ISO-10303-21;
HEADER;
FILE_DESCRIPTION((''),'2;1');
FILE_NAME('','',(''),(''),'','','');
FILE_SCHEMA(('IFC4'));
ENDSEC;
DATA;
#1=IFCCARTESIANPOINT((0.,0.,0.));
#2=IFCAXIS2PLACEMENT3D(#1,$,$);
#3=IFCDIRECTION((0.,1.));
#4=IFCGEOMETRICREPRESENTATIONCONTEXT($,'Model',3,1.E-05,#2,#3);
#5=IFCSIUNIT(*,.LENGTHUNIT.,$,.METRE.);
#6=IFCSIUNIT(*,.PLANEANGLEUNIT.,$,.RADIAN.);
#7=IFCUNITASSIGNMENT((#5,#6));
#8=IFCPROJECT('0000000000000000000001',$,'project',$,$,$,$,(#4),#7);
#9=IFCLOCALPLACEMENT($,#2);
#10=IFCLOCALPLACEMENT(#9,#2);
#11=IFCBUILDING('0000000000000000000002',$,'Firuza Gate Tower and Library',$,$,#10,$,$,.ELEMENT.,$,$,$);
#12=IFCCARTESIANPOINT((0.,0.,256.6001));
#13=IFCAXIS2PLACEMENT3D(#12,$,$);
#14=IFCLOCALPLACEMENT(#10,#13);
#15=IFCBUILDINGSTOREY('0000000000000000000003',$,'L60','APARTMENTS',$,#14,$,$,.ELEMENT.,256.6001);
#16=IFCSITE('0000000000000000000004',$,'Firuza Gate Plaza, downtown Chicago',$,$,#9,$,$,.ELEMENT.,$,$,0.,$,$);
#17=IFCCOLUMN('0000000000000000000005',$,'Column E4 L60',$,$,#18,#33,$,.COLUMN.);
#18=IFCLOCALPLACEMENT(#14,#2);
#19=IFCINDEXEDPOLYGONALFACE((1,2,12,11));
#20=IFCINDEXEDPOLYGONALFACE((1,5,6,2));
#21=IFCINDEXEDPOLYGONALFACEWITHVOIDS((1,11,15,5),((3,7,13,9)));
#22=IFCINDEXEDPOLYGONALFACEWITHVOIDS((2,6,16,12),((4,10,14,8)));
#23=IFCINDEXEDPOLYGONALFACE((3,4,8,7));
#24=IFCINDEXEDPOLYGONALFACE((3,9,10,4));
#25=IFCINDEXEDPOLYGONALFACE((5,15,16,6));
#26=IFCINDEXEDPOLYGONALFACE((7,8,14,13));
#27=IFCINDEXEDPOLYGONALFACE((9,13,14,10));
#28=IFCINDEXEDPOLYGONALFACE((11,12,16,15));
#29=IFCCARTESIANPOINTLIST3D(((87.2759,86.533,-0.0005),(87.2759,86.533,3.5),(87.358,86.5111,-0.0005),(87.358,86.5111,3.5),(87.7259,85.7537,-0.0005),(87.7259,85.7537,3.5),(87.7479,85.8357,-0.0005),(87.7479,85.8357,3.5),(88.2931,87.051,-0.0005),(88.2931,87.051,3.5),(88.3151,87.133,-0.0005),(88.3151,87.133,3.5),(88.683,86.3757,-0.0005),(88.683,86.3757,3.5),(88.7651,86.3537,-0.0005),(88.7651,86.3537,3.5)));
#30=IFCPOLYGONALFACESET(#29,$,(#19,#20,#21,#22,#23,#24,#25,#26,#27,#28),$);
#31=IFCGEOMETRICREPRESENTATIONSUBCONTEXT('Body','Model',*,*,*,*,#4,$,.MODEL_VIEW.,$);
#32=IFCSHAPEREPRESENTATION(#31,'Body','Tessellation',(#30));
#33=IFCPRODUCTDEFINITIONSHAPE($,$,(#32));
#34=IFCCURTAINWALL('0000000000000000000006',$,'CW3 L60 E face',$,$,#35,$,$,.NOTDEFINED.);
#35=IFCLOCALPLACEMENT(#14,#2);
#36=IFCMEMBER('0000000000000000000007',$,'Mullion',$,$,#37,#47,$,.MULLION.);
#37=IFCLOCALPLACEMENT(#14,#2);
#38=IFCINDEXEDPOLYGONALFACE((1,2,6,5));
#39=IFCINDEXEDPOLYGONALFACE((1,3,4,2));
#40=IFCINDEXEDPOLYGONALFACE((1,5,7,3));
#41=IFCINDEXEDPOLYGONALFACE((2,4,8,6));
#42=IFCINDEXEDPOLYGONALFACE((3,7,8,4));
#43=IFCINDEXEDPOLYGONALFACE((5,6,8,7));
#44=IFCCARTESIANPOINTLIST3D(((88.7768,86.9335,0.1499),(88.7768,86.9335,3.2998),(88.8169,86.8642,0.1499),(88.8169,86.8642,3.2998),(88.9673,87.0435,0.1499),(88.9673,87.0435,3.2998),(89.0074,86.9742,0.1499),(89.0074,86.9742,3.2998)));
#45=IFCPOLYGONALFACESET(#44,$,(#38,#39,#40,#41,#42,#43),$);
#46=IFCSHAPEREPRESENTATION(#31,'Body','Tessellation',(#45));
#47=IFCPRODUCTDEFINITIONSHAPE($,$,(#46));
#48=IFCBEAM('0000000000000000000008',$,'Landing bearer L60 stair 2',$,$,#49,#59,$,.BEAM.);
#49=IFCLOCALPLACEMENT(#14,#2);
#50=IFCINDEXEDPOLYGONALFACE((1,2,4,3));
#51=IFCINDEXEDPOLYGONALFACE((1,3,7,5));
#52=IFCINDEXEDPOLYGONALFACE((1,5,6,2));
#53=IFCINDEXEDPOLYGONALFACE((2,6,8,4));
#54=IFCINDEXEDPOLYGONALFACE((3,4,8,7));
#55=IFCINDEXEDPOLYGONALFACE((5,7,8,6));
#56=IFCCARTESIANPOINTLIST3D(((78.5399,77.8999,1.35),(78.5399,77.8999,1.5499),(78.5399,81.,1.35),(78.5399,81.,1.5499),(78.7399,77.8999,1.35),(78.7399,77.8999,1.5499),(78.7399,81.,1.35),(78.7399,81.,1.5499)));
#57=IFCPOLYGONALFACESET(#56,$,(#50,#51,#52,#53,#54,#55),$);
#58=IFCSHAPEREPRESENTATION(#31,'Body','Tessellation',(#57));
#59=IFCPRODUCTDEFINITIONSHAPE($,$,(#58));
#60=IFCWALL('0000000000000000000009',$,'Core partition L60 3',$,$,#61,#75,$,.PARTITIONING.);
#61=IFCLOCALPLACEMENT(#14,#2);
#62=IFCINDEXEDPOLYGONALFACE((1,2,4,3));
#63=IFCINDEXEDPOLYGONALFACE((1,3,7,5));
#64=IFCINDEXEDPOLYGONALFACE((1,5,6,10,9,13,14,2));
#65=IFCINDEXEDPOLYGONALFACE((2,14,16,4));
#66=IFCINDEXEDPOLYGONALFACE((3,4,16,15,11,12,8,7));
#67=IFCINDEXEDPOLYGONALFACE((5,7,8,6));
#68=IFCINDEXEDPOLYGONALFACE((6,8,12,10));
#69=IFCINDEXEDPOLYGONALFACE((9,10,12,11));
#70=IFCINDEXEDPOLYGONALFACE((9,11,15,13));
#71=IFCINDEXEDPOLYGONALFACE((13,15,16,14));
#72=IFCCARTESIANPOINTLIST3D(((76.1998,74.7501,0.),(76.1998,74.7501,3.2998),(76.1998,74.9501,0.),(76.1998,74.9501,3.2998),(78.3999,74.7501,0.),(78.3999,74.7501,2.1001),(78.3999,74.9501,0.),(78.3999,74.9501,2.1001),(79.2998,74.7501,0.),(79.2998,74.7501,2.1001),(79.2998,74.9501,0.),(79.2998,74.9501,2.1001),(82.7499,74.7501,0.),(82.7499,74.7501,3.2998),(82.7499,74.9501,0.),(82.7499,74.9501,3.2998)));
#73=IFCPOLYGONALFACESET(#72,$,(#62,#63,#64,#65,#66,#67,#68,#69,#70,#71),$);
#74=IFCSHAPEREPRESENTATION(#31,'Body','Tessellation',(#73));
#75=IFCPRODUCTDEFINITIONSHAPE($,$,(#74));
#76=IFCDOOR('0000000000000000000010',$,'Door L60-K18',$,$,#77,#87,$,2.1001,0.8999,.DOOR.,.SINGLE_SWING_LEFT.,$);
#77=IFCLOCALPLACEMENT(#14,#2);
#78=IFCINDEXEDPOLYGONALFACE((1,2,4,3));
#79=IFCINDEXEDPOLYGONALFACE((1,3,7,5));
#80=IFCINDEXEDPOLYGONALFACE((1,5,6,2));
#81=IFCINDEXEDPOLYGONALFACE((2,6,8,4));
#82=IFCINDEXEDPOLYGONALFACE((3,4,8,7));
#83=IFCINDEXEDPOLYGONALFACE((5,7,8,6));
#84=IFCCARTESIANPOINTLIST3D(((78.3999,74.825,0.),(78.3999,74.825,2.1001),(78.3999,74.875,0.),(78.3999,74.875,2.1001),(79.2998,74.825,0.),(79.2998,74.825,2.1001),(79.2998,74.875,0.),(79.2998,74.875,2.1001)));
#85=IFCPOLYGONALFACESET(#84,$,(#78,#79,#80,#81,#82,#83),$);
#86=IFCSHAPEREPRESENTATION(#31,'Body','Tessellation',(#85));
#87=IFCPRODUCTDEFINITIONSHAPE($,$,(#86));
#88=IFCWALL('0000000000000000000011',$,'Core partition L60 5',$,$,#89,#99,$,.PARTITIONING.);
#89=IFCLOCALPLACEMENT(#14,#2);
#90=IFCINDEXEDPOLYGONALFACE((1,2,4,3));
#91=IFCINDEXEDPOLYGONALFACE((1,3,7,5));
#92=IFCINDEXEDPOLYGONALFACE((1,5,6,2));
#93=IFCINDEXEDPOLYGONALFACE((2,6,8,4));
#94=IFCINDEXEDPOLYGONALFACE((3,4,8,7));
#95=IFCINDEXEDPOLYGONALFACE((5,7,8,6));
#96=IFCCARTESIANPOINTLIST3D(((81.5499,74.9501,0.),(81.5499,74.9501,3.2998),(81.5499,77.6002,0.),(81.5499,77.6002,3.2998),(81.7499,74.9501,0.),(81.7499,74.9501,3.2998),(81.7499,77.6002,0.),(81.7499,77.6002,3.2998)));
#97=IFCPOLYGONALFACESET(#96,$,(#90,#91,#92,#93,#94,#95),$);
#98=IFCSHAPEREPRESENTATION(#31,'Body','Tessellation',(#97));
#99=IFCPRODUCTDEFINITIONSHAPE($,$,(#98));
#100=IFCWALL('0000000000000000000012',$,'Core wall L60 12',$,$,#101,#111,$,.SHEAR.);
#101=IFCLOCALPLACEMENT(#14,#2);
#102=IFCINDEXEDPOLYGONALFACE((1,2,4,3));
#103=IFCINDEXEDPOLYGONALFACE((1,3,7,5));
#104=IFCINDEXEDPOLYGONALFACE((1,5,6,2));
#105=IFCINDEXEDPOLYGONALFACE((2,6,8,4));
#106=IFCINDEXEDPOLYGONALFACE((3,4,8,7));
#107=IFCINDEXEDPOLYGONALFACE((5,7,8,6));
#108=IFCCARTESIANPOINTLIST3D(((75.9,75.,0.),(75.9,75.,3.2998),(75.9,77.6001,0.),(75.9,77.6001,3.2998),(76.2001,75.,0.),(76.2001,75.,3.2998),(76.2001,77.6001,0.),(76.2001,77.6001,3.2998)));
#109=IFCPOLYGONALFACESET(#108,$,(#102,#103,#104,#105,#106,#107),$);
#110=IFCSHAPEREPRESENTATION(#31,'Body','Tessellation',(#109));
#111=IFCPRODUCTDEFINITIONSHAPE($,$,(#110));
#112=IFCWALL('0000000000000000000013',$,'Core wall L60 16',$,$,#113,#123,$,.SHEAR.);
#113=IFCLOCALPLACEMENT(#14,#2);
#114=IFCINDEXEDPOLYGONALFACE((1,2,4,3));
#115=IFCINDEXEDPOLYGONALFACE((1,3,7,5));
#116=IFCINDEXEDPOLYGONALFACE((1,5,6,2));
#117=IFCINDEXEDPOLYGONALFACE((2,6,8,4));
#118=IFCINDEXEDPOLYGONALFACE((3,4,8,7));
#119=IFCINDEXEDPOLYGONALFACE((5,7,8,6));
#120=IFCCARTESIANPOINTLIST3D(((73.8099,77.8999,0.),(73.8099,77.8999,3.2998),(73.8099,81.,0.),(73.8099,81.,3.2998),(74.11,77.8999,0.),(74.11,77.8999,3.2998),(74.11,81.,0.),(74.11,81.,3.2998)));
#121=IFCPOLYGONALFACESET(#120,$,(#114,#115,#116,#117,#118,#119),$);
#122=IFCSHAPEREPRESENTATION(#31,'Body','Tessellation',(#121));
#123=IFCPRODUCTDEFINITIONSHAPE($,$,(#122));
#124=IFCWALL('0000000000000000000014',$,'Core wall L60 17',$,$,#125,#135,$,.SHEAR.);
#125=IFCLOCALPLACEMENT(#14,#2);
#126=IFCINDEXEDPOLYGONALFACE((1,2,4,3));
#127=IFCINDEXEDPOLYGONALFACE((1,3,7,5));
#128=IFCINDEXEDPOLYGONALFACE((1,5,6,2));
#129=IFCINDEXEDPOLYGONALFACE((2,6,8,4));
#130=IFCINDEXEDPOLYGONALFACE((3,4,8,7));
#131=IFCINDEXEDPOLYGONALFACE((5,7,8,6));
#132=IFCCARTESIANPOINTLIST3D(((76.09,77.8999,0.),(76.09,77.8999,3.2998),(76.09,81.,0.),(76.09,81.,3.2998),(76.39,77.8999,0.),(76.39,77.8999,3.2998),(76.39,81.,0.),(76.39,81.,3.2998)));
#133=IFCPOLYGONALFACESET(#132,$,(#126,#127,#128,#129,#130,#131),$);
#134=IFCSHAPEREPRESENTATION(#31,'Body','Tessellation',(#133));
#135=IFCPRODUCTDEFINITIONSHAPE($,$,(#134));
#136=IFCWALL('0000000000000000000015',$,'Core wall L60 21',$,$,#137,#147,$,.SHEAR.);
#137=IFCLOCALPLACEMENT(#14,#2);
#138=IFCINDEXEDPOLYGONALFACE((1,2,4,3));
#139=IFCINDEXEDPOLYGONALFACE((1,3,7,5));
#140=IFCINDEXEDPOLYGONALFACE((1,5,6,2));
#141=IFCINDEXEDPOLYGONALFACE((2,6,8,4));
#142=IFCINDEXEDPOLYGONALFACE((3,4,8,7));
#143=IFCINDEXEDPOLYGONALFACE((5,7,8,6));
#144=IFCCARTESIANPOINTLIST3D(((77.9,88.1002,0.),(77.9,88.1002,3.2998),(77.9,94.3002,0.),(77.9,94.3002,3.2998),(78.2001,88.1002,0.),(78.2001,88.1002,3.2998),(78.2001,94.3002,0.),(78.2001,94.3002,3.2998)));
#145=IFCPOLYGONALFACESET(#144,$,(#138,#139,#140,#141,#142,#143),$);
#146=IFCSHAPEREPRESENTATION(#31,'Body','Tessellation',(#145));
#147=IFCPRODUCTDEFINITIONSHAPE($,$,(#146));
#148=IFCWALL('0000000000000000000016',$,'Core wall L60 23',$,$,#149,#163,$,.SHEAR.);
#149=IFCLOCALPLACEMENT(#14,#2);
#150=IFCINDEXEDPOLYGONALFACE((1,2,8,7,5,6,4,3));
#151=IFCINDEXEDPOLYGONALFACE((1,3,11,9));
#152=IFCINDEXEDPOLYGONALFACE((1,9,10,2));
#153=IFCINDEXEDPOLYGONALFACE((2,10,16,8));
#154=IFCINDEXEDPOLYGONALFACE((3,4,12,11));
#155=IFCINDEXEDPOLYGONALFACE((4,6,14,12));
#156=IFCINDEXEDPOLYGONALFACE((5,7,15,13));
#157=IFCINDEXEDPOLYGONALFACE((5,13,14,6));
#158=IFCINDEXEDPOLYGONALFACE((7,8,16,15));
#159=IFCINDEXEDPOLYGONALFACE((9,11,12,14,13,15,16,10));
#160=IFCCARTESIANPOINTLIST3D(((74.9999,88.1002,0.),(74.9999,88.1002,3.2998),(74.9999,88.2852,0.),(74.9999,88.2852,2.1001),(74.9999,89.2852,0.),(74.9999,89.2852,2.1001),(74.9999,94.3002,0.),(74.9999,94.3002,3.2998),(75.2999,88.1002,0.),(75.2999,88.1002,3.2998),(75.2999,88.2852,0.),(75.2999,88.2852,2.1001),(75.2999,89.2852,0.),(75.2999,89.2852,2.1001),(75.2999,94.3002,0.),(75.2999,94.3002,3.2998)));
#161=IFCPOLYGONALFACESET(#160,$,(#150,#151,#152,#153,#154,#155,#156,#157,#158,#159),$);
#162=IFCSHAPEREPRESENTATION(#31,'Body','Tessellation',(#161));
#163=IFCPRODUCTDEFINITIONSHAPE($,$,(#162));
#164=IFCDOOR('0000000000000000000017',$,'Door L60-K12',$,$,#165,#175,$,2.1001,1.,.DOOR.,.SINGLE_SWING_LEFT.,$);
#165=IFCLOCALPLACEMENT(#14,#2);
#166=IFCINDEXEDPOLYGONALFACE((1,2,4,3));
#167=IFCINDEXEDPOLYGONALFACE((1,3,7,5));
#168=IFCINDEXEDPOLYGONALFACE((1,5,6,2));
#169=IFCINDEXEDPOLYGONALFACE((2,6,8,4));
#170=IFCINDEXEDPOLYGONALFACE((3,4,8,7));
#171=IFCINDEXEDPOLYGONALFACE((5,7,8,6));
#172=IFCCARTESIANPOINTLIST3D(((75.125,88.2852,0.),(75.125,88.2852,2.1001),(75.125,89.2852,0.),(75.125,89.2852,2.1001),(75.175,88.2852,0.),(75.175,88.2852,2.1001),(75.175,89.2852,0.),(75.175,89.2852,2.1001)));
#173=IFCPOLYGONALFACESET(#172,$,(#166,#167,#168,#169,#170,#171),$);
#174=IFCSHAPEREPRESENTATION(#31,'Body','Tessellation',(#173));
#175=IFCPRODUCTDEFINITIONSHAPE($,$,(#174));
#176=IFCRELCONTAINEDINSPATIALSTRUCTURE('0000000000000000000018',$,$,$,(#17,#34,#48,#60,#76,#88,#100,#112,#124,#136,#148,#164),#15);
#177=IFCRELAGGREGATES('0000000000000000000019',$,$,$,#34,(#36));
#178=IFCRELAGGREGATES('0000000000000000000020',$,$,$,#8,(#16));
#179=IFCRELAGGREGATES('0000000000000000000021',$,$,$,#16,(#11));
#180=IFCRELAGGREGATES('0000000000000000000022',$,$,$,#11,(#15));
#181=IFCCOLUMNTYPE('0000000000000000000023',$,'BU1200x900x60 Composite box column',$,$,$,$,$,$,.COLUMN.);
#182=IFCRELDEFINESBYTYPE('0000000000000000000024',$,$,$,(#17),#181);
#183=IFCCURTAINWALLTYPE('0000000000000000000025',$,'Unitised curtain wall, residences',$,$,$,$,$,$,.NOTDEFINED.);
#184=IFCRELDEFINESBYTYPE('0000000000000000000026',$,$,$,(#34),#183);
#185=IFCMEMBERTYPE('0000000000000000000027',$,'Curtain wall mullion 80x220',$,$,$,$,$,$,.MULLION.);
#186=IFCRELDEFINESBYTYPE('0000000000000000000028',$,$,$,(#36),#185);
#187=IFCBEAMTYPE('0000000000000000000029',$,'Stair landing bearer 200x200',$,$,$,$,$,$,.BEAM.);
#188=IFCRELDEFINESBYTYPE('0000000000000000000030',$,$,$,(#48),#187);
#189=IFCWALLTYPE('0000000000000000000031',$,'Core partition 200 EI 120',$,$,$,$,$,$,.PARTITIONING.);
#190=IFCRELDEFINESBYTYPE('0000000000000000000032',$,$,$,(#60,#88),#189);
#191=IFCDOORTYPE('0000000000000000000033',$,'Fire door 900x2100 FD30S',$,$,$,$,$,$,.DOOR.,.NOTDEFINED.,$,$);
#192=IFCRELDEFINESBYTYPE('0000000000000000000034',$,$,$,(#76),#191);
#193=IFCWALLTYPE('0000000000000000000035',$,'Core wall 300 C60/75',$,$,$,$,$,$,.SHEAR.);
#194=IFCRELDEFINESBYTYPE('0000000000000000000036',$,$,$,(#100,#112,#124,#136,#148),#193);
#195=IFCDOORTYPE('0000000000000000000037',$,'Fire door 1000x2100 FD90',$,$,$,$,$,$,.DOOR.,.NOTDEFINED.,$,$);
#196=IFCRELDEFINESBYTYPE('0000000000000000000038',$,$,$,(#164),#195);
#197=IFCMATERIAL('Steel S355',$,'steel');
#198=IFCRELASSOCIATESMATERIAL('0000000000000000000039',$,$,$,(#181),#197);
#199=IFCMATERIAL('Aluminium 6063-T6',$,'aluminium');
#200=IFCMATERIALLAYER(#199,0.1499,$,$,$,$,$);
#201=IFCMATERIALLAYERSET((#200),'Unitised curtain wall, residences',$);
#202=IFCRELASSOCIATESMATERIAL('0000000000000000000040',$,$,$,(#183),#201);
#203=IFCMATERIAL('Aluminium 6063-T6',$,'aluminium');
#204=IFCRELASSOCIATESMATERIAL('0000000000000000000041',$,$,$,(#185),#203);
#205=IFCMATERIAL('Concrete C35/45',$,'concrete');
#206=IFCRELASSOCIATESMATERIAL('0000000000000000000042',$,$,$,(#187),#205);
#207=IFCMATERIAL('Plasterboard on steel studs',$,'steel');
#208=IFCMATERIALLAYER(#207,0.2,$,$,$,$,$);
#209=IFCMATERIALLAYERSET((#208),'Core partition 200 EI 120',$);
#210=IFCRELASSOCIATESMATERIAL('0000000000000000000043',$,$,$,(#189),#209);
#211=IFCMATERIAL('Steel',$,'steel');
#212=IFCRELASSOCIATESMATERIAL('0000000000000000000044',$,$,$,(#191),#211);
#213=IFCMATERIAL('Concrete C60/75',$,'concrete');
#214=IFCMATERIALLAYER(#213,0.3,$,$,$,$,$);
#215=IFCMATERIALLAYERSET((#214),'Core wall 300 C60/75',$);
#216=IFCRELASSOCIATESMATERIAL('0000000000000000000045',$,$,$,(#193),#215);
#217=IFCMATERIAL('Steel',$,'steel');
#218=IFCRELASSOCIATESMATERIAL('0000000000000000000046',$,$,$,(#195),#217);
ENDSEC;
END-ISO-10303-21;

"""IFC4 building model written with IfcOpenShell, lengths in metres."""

from ifc_helpers import new_model, si_unit, direction, frame, frame_2d, origin, origin_2d, place, context, subcontext, project, spatial, rectangle, hollow_rectangle, extrude, material, layer, layer_set, material_profile, profile_set, type_object, element, fill, aggregate, save


model = new_model("IFC4")

# Units and contexts
model_context = context("Model", 3, precision=1e-05, world=origin(), true_north=direction((0.0, 1.0)))
body_context = subcontext(model_context, "Body", "Model", "MODEL_VIEW")
ifc_project = project(units=[si_unit("LENGTHUNIT", "METRE"), si_unit("PLANEANGLEUNIT", "RADIAN")], contexts=[model_context])

# Site, building, storey
site_placement = place(None, origin())
site = spatial("IfcSite", under=ifc_project, at=site_placement, Name="Firuza Gate Plaza, downtown Chicago", CompositionType="ELEMENT", RefElevation=0.0)
building_placement = place(site_placement, origin())
building = spatial("IfcBuilding", under=site, at=building_placement, Name="Firuza Gate Tower and Library", CompositionType="ELEMENT")
storey_placement = place(building_placement, frame((0.0, 0.0, 256.6001)))
storey = spatial("IfcBuildingStorey", under=building, at=storey_placement, Name="L60", Description="APARTMENTS", CompositionType="ELEMENT", Elevation=256.6001)

# Column
ifc_material_1 = material(Name="Steel S355", Category="steel")
ifc_material_profile_1 = material_profile(ifc_material_1, hollow_rectangle(XDim=0.8999, YDim=1.2, WallThickness=0.0601, at=origin_2d()))
ifc_profile_set_1 = profile_set([ifc_material_profile_1], Name="Steel S355")
column_type = type_object("IfcColumnType", Name="BU1200x900x60 Composite box column", PredefinedType="COLUMN", material=ifc_profile_set_1)
column_placement = place(storey_placement, frame((88.0205, 86.4434, -0.0005), z_axis=(0.0, 0.0, 1.0), x_axis=(-0.5, 0.866025, 0.0)))
element("IfcColumn", 1, at=column_placement, inside=storey, type_object=column_type, Name="Column E4 L60", PredefinedType="COLUMN", context=body_context, shape_type="SweptSolid", body=[
    extrude(hollow_rectangle(XDim=0.8999, YDim=1.2, WallThickness=0.0601, at=origin_2d()), origin(), (0.0, 0.0, 1.0), 3.5005),
])

# Curtain wall, member
ifc_material_2 = material(Name="Aluminium 6063-T6", Category="aluminium")
ifc_layer_1 = layer(ifc_material_2, 0.1499)
ifc_layer_set_1 = layer_set([ifc_layer_1], Name="Unitised curtain wall, residences")
curtain_wall_type = type_object("IfcCurtainWallType", Name="Unitised curtain wall, residences", PredefinedType="NOTDEFINED", material=ifc_layer_set_1)
placement = place(storey_placement, origin())
curtain_wall = element("IfcCurtainWall", 2, at=placement, inside=storey, type_object=curtain_wall_type, Name="CW3 L60 E face", PredefinedType="NOTDEFINED")
ifc_material_3 = material(Name="Aluminium 6063-T6", Category="aluminium")
ifc_material_profile_2 = material_profile(ifc_material_3, rectangle(XDim=0.22, YDim=0.0801, at=origin_2d()))
ifc_profile_set_2 = profile_set([ifc_material_profile_2], Name="Aluminium 6063-T6")
member_type = type_object("IfcMemberType", Name="Curtain wall mullion 80x220", PredefinedType="MULLION", material=ifc_profile_set_2)
member_placement = place(storey_placement, frame((88.8921, 86.9539, 0.1499), z_axis=(0.0, 0.0, 1.0), x_axis=(-0.866025, -0.5, 0.0)))
member = element("IfcMember", 3, at=member_placement, type_object=member_type, Name="Mullion", PredefinedType="MULLION", context=body_context, shape_type="SweptSolid", body=[
    extrude(rectangle(XDim=0.22, YDim=0.0801, at=origin_2d()), origin(), (0.0, 0.0, 1.0), 3.1499),
])
aggregate(curtain_wall, [member])

# Beam
ifc_material_4 = material(Name="Concrete C35/45", Category="concrete")
ifc_material_profile_3 = material_profile(ifc_material_4, rectangle(XDim=0.2, YDim=0.2, at=origin_2d()))
ifc_profile_set_3 = profile_set([ifc_material_profile_3], Name="Concrete C35/45")
beam_type = type_object("IfcBeamType", Name="Stair landing bearer 200x200", PredefinedType="BEAM", material=ifc_profile_set_3)
beam_placement = place(storey_placement, frame((78.6399, 81.0, 1.45), z_axis=(0.0, -1.0, 0.0), x_axis=(1.0, 0.0, 0.0)))
element("IfcBeam", 4, at=beam_placement, inside=storey, type_object=beam_type, Name="Landing bearer L60 stair 2", PredefinedType="BEAM", context=body_context, shape_type="SweptSolid", body=[
    extrude(rectangle(XDim=0.2, YDim=0.2, at=origin_2d()), origin(), (0.0, 0.0, 1.0), 3.1001),
])

# Wall, opening, door
ifc_material_5 = material(Name="Plasterboard on steel studs", Category="steel")
ifc_layer_2 = layer(ifc_material_5, 0.2)
ifc_layer_set_2 = layer_set([ifc_layer_2], Name="Core partition 200 EI 120")
wall_type_1 = type_object("IfcWallType", Name="Core partition 200 EI 120", PredefinedType="PARTITIONING", material=ifc_layer_set_2)
wall_1_placement = place(storey_placement, frame((76.2, 74.8501, 0.0), z_axis=(0.0, 0.0, 1.0), x_axis=(1.0, 0.0, 0.0)))
wall_1 = element("IfcWall", 5, at=wall_1_placement, inside=storey, type_object=wall_type_1, Name="Core partition L60 3", PredefinedType="PARTITIONING", context=body_context, shape_type="SweptSolid", body=[
    extrude(rectangle(XDim=6.55, YDim=0.2, at=frame_2d((3.2749, 0.0))), origin(), (0.0, 0.0, 1.0), 3.2998),
])
opening_1_placement = place(wall_1_placement, frame((2.2, 0.0, 0.0)))
opening_1 = element("IfcOpeningElement", 6, at=opening_1_placement, cuts=wall_1, PredefinedType="OPENING", context=body_context, shape_type="SweptSolid", body=[
    extrude(rectangle(XDim=0.8999, YDim=2.1001, at=frame_2d((0.45, 1.05))), frame((0.0, 0.1099, 0.0), z_axis=(0.0, -1.0, 0.0), x_axis=(1.0, 0.0, 0.0)), (0.0, 0.0, 1.0), 0.22),
])
ifc_material_6 = material(Name="Steel", Category="steel")
door_type_1 = type_object("IfcDoorType", Name="Fire door 900x2100 FD30S", OperationType="NOTDEFINED", PredefinedType="DOOR", material=ifc_material_6)
door_1_placement = place(opening_1_placement, origin())
door_1 = element("IfcDoor", 7, at=door_1_placement, inside=storey, type_object=door_type_1, Name="Door L60-K18", OperationType="SINGLE_SWING_LEFT", OverallHeight=2.1001, OverallWidth=0.8999, PredefinedType="DOOR", context=body_context, shape_type="SweptSolid", body=[
    extrude(rectangle(XDim=0.8999, YDim=2.1001, at=frame_2d((0.45, 1.05))), frame((0.0, 0.0249, 0.0), z_axis=(0.0, -1.0, 0.0), x_axis=(1.0, 0.0, 0.0)), (0.0, 0.0, 1.0), 0.05),
])
fill(opening_1, door_1)

# Walls
wall_2_placement = place(storey_placement, frame((81.6499, 74.95, 0.0), z_axis=(0.0, 0.0, 1.0), x_axis=(0.0, 1.0, 0.0)))
element("IfcWall", 8, at=wall_2_placement, inside=storey, type_object=wall_type_1, Name="Core partition L60 5", PredefinedType="PARTITIONING", context=body_context, shape_type="SweptSolid", body=[
    extrude(rectangle(XDim=2.6501, YDim=0.2, at=frame_2d((1.3252, 0.0))), origin(), (0.0, 0.0, 1.0), 3.2998),
])
ifc_material_7 = material(Name="Concrete C60/75", Category="concrete")
ifc_layer_3 = layer(ifc_material_7, 0.3)
ifc_layer_set_3 = layer_set([ifc_layer_3], Name="Core wall 300 C60/75")
wall_type_2 = type_object("IfcWallType", Name="Core wall 300 C60/75", PredefinedType="SHEAR", material=ifc_layer_set_3)
wall_3_placement = place(storey_placement, frame((76.05, 75.0, 0.0), z_axis=(0.0, 0.0, 1.0), x_axis=(0.0, 1.0, 0.0)))
element("IfcWall", 9, at=wall_3_placement, inside=storey, type_object=wall_type_2, Name="Core wall L60 12", PredefinedType="SHEAR", context=body_context, shape_type="SweptSolid", body=[
    extrude(rectangle(XDim=2.6001, YDim=0.3, at=frame_2d((1.3, 0.0))), origin(), (0.0, 0.0, 1.0), 3.2998),
])
for number, where, z_axis, x_axis, name in (
    (10, (73.96, 77.8999, 0.0), (0.0, 0.0, 1.0), (0.0, 1.0, 0.0), "Core wall L60 16"),
    (11, (76.24, 77.8999, 0.0), (0.0, 0.0, 1.0), (0.0, 1.0, 0.0), "Core wall L60 17"),
):
    element("IfcWall", number, at=place(storey_placement, frame(where, z_axis=z_axis, x_axis=x_axis)), inside=storey, type_object=wall_type_2, Name=name, PredefinedType="SHEAR", context=body_context, shape_type="SweptSolid", body=[
        extrude(rectangle(XDim=3.1001, YDim=0.3, at=frame_2d((1.55, 0.0))), origin(), (0.0, 0.0, 1.0), 3.2998),
    ])
wall_4_placement = place(storey_placement, frame((78.05, 88.1001, 0.0), z_axis=(0.0, 0.0, 1.0), x_axis=(0.0, 1.0, 0.0)))
element("IfcWall", 12, at=wall_4_placement, inside=storey, type_object=wall_type_2, Name="Core wall L60 21", PredefinedType="SHEAR", context=body_context, shape_type="SweptSolid", body=[
    extrude(rectangle(XDim=6.2, YDim=0.3, at=frame_2d((3.1001, 0.0))), origin(), (0.0, 0.0, 1.0), 3.2998),
])

# Wall, opening, door
wall_5_placement = place(storey_placement, frame((75.1499, 88.1001, 0.0), z_axis=(0.0, 0.0, 1.0), x_axis=(0.0, 1.0, 0.0)))
wall_5 = element("IfcWall", 13, at=wall_5_placement, inside=storey, type_object=wall_type_2, Name="Core wall L60 23", PredefinedType="SHEAR", context=body_context, shape_type="SweptSolid", body=[
    extrude(rectangle(XDim=6.2, YDim=0.3, at=frame_2d((3.1001, 0.0))), origin(), (0.0, 0.0, 1.0), 3.2998),
])
opening_2_placement = place(wall_5_placement, frame((0.1851, 0.0, 0.0)))
opening_2 = element("IfcOpeningElement", 14, at=opening_2_placement, cuts=wall_5, PredefinedType="OPENING", context=body_context, shape_type="SweptSolid", body=[
    extrude(rectangle(XDim=1.0, YDim=2.1001, at=frame_2d((0.5, 1.05))), frame((0.0, 0.1602, 0.0), z_axis=(0.0, -1.0, 0.0), x_axis=(1.0, 0.0, 0.0)), (0.0, 0.0, 1.0), 0.3201),
])
ifc_material_8 = material(Name="Steel", Category="steel")
door_type_2 = type_object("IfcDoorType", Name="Fire door 1000x2100 FD90", OperationType="NOTDEFINED", PredefinedType="DOOR", material=ifc_material_8)
door_2_placement = place(opening_2_placement, origin())
door_2 = element("IfcDoor", 15, at=door_2_placement, inside=storey, type_object=door_type_2, Name="Door L60-K12", OperationType="SINGLE_SWING_LEFT", OverallHeight=2.1001, OverallWidth=1.0, PredefinedType="DOOR", context=body_context, shape_type="SweptSolid", body=[
    extrude(rectangle(XDim=1.0, YDim=2.1001, at=frame_2d((0.5, 1.05))), frame((0.0, 0.0249, 0.0), z_axis=(0.0, -1.0, 0.0), x_axis=(1.0, 0.0, 0.0)), (0.0, 0.0, 1.0), 0.05),
])
fill(opening_2, door_2)

save(model, "model.ifc")
